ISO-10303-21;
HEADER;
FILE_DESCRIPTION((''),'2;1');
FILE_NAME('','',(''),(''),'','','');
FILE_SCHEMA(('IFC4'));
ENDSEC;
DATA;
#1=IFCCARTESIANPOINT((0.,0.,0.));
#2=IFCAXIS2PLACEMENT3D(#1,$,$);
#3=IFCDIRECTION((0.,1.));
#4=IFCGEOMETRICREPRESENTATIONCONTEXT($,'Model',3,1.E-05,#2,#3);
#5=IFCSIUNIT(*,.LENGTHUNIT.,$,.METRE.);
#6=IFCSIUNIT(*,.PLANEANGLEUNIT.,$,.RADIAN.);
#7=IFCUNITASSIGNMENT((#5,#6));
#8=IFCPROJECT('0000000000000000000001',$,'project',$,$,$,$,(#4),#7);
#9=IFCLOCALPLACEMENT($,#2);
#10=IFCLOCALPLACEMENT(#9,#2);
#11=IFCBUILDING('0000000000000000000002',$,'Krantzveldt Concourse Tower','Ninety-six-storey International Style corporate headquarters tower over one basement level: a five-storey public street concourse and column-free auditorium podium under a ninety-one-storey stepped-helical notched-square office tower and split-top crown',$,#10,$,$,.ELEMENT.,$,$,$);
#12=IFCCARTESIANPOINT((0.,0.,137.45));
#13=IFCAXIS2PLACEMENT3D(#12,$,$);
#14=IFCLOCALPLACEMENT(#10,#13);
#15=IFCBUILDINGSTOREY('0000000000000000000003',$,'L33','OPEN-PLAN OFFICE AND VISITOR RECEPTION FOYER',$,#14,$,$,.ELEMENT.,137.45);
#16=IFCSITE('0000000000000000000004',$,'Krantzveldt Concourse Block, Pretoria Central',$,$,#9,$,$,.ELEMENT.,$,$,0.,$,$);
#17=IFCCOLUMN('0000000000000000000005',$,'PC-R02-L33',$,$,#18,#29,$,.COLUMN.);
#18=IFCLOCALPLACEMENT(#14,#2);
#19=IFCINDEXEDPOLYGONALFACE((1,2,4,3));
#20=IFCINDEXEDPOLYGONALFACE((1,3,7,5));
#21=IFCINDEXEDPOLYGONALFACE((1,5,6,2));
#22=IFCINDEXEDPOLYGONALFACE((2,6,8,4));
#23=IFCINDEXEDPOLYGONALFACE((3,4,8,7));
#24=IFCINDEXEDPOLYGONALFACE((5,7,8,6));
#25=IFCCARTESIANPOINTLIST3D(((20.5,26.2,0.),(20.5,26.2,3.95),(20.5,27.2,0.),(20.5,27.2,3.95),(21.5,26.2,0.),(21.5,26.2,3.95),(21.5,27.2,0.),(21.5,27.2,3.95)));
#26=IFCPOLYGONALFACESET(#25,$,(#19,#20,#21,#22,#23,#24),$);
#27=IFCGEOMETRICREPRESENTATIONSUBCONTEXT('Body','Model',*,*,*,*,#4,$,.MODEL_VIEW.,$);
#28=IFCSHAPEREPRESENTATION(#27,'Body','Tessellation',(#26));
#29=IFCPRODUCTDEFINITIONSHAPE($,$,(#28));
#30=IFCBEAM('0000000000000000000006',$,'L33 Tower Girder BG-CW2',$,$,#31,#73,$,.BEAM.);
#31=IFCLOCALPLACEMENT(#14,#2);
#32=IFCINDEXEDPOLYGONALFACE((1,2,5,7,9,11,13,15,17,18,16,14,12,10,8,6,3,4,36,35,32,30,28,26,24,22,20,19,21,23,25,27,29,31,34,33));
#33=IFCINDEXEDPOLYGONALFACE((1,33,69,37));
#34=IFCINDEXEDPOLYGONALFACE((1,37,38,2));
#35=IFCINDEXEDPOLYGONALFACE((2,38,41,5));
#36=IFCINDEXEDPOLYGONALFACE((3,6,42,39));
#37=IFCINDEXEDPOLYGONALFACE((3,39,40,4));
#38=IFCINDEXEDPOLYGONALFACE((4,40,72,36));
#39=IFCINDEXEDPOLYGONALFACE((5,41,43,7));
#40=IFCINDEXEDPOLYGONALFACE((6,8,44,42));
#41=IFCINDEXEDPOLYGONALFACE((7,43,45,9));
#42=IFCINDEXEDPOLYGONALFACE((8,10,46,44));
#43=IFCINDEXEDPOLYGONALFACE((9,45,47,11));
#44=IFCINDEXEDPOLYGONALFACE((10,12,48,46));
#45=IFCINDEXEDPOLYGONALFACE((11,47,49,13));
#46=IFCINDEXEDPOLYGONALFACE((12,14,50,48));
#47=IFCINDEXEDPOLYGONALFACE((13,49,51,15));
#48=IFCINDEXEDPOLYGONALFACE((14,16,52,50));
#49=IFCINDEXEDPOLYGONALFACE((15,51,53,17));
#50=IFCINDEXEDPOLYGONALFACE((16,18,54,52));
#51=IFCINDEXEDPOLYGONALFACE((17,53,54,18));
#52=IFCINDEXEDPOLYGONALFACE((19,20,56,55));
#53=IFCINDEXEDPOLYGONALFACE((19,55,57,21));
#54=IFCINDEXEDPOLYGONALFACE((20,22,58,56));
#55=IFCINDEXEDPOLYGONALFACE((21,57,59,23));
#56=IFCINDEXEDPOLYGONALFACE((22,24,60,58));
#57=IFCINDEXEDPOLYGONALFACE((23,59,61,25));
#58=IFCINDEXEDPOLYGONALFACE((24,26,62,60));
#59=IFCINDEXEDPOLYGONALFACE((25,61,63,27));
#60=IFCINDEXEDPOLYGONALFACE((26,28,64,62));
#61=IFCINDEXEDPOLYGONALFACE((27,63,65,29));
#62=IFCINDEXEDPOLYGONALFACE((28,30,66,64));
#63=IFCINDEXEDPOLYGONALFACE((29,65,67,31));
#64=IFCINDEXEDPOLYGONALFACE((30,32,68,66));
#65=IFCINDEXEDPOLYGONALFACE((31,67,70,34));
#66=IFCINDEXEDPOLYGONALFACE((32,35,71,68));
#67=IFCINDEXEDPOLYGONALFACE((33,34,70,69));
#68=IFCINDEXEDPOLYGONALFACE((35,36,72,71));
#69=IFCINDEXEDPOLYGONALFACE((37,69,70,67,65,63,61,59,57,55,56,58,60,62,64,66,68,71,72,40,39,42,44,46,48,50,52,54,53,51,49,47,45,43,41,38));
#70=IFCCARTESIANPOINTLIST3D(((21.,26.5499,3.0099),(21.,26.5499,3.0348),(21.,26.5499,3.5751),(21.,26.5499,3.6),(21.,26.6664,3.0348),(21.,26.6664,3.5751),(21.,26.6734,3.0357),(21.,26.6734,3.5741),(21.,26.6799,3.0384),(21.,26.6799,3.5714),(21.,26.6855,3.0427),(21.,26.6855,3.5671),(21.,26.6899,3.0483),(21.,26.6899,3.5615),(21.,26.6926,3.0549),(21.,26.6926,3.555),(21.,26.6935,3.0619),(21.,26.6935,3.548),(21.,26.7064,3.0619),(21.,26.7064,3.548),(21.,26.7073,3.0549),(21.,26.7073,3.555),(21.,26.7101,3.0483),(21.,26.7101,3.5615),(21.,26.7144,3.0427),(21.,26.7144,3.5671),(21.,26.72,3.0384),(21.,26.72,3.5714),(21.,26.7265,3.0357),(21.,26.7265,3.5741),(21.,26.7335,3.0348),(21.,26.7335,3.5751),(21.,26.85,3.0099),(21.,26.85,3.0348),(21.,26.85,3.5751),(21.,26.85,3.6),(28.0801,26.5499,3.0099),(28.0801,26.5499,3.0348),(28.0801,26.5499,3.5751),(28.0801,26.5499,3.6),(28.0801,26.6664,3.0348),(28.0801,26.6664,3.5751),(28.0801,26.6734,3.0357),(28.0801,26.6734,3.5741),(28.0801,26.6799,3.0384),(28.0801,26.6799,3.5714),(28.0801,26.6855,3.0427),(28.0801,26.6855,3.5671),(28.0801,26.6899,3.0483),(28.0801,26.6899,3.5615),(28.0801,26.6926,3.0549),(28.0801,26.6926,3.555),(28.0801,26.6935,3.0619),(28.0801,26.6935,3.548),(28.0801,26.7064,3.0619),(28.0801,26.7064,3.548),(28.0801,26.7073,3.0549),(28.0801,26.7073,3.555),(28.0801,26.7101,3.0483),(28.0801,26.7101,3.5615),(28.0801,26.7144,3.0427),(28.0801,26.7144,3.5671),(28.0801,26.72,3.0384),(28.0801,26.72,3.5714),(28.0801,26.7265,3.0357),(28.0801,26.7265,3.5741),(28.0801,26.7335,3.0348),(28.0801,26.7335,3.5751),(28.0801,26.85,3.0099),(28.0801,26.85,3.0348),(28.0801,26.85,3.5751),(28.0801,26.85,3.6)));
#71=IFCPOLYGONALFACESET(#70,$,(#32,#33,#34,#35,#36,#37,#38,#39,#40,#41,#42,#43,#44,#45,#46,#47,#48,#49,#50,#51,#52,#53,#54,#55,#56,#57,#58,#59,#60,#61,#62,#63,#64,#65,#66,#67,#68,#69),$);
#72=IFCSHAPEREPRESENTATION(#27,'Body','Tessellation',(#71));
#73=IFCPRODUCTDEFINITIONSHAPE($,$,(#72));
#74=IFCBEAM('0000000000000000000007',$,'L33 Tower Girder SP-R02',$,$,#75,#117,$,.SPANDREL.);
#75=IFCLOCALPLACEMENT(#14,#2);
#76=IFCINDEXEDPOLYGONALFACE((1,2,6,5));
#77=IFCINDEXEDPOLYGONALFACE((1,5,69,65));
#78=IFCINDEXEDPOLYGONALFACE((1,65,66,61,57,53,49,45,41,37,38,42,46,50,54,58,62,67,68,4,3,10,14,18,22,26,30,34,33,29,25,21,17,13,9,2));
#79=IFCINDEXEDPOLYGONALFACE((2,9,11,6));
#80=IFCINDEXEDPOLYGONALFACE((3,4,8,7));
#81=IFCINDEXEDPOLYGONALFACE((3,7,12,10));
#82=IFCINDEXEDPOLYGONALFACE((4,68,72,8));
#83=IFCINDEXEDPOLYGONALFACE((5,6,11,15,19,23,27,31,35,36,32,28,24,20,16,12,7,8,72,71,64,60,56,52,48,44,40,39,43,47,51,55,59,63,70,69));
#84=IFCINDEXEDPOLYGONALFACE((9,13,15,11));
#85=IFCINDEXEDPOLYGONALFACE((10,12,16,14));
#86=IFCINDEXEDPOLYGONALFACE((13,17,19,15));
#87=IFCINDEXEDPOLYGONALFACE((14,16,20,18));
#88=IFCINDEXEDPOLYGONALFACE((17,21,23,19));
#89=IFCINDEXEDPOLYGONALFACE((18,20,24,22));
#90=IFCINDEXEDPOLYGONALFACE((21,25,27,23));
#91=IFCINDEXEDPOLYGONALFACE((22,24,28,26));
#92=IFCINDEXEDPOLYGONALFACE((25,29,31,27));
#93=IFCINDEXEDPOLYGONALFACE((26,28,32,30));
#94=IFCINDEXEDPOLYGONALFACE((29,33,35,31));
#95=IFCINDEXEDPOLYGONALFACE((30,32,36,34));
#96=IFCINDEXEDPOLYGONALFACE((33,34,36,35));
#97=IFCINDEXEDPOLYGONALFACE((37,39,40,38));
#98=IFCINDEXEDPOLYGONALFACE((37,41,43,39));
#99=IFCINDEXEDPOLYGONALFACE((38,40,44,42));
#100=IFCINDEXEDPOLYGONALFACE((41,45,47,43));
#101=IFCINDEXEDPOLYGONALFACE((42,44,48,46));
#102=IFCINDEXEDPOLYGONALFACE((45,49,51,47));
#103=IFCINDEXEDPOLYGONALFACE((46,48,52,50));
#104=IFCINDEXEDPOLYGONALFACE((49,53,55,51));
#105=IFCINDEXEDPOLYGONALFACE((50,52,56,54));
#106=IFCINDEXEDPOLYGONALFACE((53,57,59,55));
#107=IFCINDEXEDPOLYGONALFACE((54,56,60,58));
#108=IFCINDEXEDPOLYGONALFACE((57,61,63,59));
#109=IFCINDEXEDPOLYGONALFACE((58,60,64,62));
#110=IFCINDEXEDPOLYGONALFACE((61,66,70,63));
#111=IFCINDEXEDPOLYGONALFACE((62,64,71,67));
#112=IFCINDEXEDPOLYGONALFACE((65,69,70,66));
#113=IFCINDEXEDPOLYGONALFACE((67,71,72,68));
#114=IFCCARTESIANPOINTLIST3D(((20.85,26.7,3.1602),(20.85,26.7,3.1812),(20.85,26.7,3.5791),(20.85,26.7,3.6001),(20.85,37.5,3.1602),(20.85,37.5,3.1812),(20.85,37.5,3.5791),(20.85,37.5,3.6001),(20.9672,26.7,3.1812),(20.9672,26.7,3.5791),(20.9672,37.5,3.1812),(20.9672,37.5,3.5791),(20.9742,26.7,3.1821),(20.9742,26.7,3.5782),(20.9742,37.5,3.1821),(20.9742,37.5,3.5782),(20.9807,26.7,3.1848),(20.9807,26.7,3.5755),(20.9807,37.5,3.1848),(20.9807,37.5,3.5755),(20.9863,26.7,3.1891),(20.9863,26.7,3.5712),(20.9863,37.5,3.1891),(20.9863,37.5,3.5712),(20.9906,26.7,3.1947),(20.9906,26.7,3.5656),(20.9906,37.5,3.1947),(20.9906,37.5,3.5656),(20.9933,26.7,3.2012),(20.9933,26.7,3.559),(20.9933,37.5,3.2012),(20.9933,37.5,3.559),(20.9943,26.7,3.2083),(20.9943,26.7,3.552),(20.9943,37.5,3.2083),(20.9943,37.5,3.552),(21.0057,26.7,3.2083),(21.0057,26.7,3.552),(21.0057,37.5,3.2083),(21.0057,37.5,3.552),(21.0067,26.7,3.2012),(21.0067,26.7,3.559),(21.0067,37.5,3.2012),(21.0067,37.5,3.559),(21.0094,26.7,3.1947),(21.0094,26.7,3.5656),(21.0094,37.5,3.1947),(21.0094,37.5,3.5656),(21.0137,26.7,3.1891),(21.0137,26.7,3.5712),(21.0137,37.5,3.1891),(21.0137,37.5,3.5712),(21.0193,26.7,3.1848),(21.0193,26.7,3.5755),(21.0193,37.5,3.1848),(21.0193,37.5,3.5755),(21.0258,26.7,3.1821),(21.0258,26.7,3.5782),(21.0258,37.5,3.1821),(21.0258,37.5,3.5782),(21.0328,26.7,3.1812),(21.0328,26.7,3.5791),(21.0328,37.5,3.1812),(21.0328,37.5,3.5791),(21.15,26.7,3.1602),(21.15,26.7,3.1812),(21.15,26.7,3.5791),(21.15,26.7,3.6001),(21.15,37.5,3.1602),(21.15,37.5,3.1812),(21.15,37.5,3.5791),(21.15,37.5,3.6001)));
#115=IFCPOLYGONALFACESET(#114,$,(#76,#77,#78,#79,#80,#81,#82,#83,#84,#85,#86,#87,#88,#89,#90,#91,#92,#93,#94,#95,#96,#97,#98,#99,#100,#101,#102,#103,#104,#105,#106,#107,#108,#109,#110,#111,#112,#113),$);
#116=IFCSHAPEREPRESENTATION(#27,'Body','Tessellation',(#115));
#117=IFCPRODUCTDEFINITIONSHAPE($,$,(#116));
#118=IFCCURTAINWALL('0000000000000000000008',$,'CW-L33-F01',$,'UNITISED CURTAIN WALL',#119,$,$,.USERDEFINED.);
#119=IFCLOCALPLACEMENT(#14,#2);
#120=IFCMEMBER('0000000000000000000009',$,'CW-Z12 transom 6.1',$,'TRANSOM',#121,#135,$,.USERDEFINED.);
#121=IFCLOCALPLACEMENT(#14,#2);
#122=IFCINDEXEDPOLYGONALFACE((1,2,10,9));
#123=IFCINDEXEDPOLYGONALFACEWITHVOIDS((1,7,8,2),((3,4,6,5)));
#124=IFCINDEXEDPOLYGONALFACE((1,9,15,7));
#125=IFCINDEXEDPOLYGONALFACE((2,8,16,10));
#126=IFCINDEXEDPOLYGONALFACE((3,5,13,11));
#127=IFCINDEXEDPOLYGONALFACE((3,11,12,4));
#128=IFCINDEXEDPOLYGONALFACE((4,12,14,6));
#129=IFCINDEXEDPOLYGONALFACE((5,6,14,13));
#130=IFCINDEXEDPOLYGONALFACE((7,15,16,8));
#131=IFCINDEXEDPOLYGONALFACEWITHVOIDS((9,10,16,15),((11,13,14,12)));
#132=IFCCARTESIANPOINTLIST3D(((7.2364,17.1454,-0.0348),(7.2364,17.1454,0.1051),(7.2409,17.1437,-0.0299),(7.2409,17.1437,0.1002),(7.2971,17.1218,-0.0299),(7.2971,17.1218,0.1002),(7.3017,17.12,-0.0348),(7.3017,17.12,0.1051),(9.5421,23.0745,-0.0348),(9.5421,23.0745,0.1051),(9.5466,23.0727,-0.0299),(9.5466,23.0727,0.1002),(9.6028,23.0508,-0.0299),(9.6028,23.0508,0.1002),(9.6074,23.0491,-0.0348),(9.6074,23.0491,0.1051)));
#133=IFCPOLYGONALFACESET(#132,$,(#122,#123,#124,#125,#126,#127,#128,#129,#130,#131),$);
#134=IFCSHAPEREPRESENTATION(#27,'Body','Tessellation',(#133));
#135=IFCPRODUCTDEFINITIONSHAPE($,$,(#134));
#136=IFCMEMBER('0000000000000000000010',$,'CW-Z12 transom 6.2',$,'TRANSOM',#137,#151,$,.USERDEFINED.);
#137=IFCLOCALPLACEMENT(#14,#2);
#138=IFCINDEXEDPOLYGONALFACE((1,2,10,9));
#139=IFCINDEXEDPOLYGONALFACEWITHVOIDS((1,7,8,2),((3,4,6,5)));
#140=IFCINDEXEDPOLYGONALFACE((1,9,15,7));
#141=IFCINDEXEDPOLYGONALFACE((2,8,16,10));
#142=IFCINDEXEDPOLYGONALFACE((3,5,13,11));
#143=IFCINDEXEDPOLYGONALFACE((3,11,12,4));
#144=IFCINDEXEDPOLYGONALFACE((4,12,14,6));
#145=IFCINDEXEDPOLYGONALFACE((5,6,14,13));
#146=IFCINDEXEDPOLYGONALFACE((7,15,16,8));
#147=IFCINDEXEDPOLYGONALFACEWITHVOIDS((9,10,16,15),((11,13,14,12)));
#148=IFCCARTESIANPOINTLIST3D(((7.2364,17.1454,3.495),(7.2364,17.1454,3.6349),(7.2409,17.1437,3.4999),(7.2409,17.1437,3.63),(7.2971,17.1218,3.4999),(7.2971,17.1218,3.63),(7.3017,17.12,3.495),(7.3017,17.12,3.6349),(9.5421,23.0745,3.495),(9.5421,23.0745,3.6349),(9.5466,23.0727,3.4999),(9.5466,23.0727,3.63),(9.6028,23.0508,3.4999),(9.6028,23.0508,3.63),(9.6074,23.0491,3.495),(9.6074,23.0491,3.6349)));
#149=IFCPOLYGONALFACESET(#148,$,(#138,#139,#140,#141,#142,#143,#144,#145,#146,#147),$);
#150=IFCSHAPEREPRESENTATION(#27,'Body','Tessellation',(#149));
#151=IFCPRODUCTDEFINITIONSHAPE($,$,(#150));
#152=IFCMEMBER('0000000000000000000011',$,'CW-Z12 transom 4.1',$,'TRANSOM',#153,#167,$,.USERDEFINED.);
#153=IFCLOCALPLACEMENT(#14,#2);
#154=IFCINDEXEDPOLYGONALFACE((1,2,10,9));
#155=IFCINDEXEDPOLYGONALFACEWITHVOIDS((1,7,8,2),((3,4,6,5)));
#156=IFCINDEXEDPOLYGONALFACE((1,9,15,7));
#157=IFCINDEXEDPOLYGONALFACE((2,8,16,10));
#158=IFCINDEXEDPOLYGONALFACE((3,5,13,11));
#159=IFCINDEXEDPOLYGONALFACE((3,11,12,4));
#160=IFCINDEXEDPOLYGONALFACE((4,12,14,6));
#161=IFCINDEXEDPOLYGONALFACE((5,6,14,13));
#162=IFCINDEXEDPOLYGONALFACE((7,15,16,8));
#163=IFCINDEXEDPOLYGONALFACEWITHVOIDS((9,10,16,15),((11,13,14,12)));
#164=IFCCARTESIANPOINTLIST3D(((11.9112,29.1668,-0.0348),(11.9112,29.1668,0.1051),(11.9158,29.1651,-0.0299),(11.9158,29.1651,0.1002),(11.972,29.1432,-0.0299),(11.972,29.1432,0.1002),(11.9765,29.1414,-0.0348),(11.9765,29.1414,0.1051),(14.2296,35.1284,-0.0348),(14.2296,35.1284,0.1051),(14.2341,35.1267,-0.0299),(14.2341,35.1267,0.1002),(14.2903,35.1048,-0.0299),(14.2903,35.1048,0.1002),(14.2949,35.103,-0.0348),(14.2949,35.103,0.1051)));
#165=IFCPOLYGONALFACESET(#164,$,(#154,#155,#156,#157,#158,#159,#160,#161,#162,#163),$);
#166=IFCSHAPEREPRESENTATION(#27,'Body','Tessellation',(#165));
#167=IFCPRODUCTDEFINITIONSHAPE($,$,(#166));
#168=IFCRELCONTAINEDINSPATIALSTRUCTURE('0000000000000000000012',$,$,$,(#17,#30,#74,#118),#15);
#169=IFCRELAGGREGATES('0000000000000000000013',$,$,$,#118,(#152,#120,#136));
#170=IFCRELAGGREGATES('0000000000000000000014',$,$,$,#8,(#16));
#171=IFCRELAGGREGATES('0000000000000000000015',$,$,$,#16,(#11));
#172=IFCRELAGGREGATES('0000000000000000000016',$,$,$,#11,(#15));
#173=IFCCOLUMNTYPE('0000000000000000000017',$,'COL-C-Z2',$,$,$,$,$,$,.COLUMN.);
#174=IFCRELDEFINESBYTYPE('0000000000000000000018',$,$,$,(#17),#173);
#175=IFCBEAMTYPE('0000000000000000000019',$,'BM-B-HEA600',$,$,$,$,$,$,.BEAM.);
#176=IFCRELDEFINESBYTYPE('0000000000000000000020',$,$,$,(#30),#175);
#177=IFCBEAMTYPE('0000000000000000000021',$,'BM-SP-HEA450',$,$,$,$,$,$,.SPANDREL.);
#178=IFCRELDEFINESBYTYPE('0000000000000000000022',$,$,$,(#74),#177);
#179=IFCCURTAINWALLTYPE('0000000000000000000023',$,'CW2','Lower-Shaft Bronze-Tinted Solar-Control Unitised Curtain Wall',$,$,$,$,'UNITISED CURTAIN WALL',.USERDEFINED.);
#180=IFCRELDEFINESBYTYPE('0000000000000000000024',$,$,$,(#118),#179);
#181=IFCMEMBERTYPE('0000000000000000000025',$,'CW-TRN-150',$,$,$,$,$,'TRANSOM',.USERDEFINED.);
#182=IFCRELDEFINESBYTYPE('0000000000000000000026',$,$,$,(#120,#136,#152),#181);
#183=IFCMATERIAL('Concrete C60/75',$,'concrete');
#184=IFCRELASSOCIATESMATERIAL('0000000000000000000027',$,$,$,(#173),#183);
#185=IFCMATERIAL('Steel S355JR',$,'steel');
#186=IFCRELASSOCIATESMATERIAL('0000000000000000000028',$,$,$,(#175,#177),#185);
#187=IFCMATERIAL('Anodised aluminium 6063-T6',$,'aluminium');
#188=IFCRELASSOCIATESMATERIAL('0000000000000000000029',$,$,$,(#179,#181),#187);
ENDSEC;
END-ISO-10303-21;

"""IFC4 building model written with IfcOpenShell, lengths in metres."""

from ifc_helpers import new_model, si_unit, direction, frame, origin, origin_2d, place, context, subcontext, project, spatial, rectangle, hollow_rectangle, i_section, extrude, source, transform, mapped, material, material_profile, profile_set, type_object, type_shapes, element, aggregate, save


model = new_model("IFC4")

# Units and contexts
model_context = context("Model", 3, precision=1e-05, world=origin(), true_north=direction((0.0, 1.0)))
body_context = subcontext(model_context, "Body", "Model", "MODEL_VIEW")
ifc_project = project(units=[si_unit("LENGTHUNIT", "METRE"), si_unit("PLANEANGLEUNIT", "RADIAN")], contexts=[model_context])

# Site, building, storey
site_placement = place(None, origin())
site = spatial("IfcSite", under=ifc_project, at=site_placement, Name="Krantzveldt Concourse Block, Pretoria Central", CompositionType="ELEMENT", RefElevation=0.0)
building_placement = place(site_placement, origin())
building = spatial("IfcBuilding", under=site, at=building_placement, Name="Krantzveldt Concourse Tower", Description="Ninety-six-storey International Style corporate headquarters tower over one basement level: a five-storey public street concourse and column-free auditorium podium under a ninety-one-storey stepped-helical notched-square office tower and split-top crown", CompositionType="ELEMENT")
storey_placement = place(building_placement, frame((0.0, 0.0, 137.45)))
storey = spatial("IfcBuildingStorey", under=building, at=storey_placement, Name="L33", Description="OPEN-PLAN OFFICE AND VISITOR RECEPTION FOYER", CompositionType="ELEMENT", Elevation=137.45)

# Column
ifc_material_1 = material(Name="Concrete C60/75", Category="concrete")
ifc_material_profile_1 = material_profile(ifc_material_1, rectangle(XDim=1.0, YDim=1.0, at=origin_2d()), Name="Concrete C60/75", Category="concrete")
ifc_profile_set_1 = profile_set([ifc_material_profile_1], Name="Concrete C60/75 - RC 1000x1000")
column_type = type_object("IfcColumnType", Name="COL-C-Z2", PredefinedType="COLUMN", material=ifc_profile_set_1)
shared_shape_1 = source(origin(), body_context, "Body", "SweptSolid", [
    extrude(rectangle(XDim=1.0, YDim=1.0, at=origin_2d()), origin(), (0.0, 0.0, 1.0), 3.95),
])
type_shapes(column_type, [shared_shape_1])
column_placement = place(storey_placement, frame((21.0, 26.7, 0.0), z_axis=(0.0, 0.0, 1.0), x_axis=(1.0, 0.0, 0.0)))
element("IfcColumn", 1, at=column_placement, inside=storey, type_object=column_type, Name="PC-R02-L33", PredefinedType="COLUMN", context=body_context, shape_type="MappedRepresentation", body=[
    mapped(shared_shape_1, transform((0.0, 0.0, 0.0), x_axis=(1.0, 0.0, 0.0), y_axis=(0.0, 1.0, 0.0), z_axis=(0.0, 0.0, 1.0), scale=1.0)),
])

# Beams
ifc_material_2 = material(Name="Steel S355JR", Category="steel")
ifc_material_profile_2 = material_profile(ifc_material_2, i_section(OverallWidth=0.3, OverallDepth=0.5901, WebThickness=0.0129, FlangeThickness=0.0249, FilletRadius=0.0271, at=origin_2d()), Name="Steel S355JR", Category="steel")
ifc_profile_set_2 = profile_set([ifc_material_profile_2], Name="Steel S355JR - HEA 600")
beam_type_1 = type_object("IfcBeamType", Name="BM-B-HEA600", PredefinedType="BEAM", material=ifc_profile_set_2)
shared_shape_2 = source(origin(), body_context, "Body", "SweptSolid", [
    extrude(i_section(OverallWidth=0.3, OverallDepth=0.5901, WebThickness=0.0129, FlangeThickness=0.0249, FilletRadius=0.0271, at=origin_2d()), origin(), (0.0, 0.0, 1.0), 7.0801),
])
type_shapes(beam_type_1, [shared_shape_2])
beam_1_placement = place(storey_placement, frame((21.0, 26.7, 3.3049), z_axis=(1.0, 0.0, 0.0), x_axis=(0.0, 1.0, 0.0)))
element("IfcBeam", 2, at=beam_1_placement, inside=storey, type_object=beam_type_1, Name="L33 Tower Girder BG-CW2", PredefinedType="BEAM", context=body_context, shape_type="MappedRepresentation", body=[
    mapped(shared_shape_2, transform((0.0, 0.0, 0.0), x_axis=(1.0, 0.0, 0.0), y_axis=(0.0, 1.0, 0.0), z_axis=(0.0, 0.0, 1.0), scale=1.0)),
])
ifc_material_profile_3 = material_profile(ifc_material_2, i_section(OverallWidth=0.3, OverallDepth=0.4399, WebThickness=0.0115, FlangeThickness=0.021, FilletRadius=0.0271, at=origin_2d()), Name="Steel S355JR", Category="steel")
ifc_profile_set_3 = profile_set([ifc_material_profile_3], Name="Steel S355JR - HEA 450")
beam_type_2 = type_object("IfcBeamType", Name="BM-SP-HEA450", PredefinedType="SPANDREL", material=ifc_profile_set_3)
shared_shape_3 = source(origin(), body_context, "Body", "SweptSolid", [
    extrude(i_section(OverallWidth=0.3, OverallDepth=0.4399, WebThickness=0.0115, FlangeThickness=0.021, FilletRadius=0.0271, at=origin_2d()), origin(), (0.0, 0.0, 1.0), 10.8),
])
type_shapes(beam_type_2, [shared_shape_3])
beam_2_placement = place(storey_placement, frame((21.0, 26.7, 3.3801), z_axis=(0.0, 1.0, 0.0), x_axis=(-1.0, 0.0, 0.0)))
element("IfcBeam", 3, at=beam_2_placement, inside=storey, type_object=beam_type_2, Name="L33 Tower Girder SP-R02", PredefinedType="SPANDREL", context=body_context, shape_type="MappedRepresentation", body=[
    mapped(shared_shape_3, transform((0.0, 0.0, 0.0), x_axis=(1.0, 0.0, 0.0), y_axis=(0.0, 1.0, 0.0), z_axis=(0.0, 0.0, 1.0), scale=1.0)),
])

# Curtain wall, members
ifc_material_3 = material(Name="Anodised aluminium 6063-T6", Category="aluminium")
curtain_wall_type = type_object("IfcCurtainWallType", Name="CW2", Description="Lower-Shaft Bronze-Tinted Solar-Control Unitised Curtain Wall", ElementType="UNITISED CURTAIN WALL", PredefinedType="USERDEFINED", material=ifc_material_3)
curtain_wall_placement = place(storey_placement, origin())
curtain_wall = element("IfcCurtainWall", 4, at=curtain_wall_placement, inside=storey, type_object=curtain_wall_type, Name="CW-L33-F01", ObjectType="UNITISED CURTAIN WALL", PredefinedType="USERDEFINED")
ifc_material_profile_4 = material_profile(ifc_material_3, hollow_rectangle(XDim=0.0701, YDim=0.1399, WallThickness=0.0049, at=origin_2d()), Name="Anodised aluminium 6063-T6", Category="aluminium")
ifc_profile_set_4 = profile_set([ifc_material_profile_4], Name="Anodised aluminium 6063-T6 - ALU-TRAN 140x70x5")
member_type_1 = type_object("IfcMemberType", Name="CW-TRN-150", ElementType="TRANSOM", PredefinedType="USERDEFINED", material=ifc_profile_set_4)
shared_shape_4 = source(origin(), body_context, "Body", "SweptSolid", [
    extrude(hollow_rectangle(XDim=0.0701, YDim=0.1399, WallThickness=0.0049, at=origin_2d()), origin(), (0.0, 0.0, 1.0), 6.3616),
])
member_1_placement = place(storey_placement, frame((9.5747, 23.0618, 0.0352), z_axis=(-0.362441, -0.932007, 0.0), x_axis=(0.932007, -0.362441, 0.0)))
member_1 = element("IfcMember", 5, at=member_1_placement, type_object=member_type_1, Name="CW-Z12 transom 6.1", ObjectType="TRANSOM", PredefinedType="USERDEFINED", context=body_context, shape_type="MappedRepresentation", body=[
    mapped(shared_shape_4, transform((0.0, 0.0, 0.0), x_axis=(1.0, 0.0, 0.0), y_axis=(0.0, 1.0, 0.0), z_axis=(0.0, 0.0, 1.0), scale=1.0)),
])
member_2_placement = place(storey_placement, frame((9.5747, 23.0618, 3.5649), z_axis=(-0.362441, -0.932007, 0.0), x_axis=(0.932007, -0.362441, 0.0)))
member_2 = element("IfcMember", 6, at=member_2_placement, type_object=member_type_1, Name="CW-Z12 transom 6.2", ObjectType="TRANSOM", PredefinedType="USERDEFINED", context=body_context, shape_type="MappedRepresentation", body=[
    mapped(shared_shape_4, transform((0.0, 0.0, 0.0), x_axis=(1.0, 0.0, 0.0), y_axis=(0.0, 1.0, 0.0), z_axis=(0.0, 0.0, 1.0), scale=1.0)),
])
shared_shape_5 = source(origin(), body_context, "Body", "SweptSolid", [
    extrude(hollow_rectangle(XDim=0.0701, YDim=0.1399, WallThickness=0.0049, at=origin_2d()), origin(), (0.0, 0.0, 1.0), 6.3965),
])
type_shapes(member_type_1, [shared_shape_4, shared_shape_5])
member_3_placement = place(storey_placement, frame((14.2622, 35.1157, 0.0352), z_axis=(-0.362437, -0.932008, 0.0), x_axis=(0.932008, -0.362437, 0.0)))
member_3 = element("IfcMember", 7, at=member_3_placement, type_object=member_type_1, Name="CW-Z12 transom 4.1", ObjectType="TRANSOM", PredefinedType="USERDEFINED", context=body_context, shape_type="MappedRepresentation", body=[
    mapped(shared_shape_5, transform((0.0, 0.0, 0.0), x_axis=(1.0, 0.0, 0.0), y_axis=(0.0, 1.0, 0.0), z_axis=(0.0, 0.0, 1.0), scale=1.0)),
])
aggregate(curtain_wall, [member_3, member_1, member_2])

save(model, "model.ifc")
